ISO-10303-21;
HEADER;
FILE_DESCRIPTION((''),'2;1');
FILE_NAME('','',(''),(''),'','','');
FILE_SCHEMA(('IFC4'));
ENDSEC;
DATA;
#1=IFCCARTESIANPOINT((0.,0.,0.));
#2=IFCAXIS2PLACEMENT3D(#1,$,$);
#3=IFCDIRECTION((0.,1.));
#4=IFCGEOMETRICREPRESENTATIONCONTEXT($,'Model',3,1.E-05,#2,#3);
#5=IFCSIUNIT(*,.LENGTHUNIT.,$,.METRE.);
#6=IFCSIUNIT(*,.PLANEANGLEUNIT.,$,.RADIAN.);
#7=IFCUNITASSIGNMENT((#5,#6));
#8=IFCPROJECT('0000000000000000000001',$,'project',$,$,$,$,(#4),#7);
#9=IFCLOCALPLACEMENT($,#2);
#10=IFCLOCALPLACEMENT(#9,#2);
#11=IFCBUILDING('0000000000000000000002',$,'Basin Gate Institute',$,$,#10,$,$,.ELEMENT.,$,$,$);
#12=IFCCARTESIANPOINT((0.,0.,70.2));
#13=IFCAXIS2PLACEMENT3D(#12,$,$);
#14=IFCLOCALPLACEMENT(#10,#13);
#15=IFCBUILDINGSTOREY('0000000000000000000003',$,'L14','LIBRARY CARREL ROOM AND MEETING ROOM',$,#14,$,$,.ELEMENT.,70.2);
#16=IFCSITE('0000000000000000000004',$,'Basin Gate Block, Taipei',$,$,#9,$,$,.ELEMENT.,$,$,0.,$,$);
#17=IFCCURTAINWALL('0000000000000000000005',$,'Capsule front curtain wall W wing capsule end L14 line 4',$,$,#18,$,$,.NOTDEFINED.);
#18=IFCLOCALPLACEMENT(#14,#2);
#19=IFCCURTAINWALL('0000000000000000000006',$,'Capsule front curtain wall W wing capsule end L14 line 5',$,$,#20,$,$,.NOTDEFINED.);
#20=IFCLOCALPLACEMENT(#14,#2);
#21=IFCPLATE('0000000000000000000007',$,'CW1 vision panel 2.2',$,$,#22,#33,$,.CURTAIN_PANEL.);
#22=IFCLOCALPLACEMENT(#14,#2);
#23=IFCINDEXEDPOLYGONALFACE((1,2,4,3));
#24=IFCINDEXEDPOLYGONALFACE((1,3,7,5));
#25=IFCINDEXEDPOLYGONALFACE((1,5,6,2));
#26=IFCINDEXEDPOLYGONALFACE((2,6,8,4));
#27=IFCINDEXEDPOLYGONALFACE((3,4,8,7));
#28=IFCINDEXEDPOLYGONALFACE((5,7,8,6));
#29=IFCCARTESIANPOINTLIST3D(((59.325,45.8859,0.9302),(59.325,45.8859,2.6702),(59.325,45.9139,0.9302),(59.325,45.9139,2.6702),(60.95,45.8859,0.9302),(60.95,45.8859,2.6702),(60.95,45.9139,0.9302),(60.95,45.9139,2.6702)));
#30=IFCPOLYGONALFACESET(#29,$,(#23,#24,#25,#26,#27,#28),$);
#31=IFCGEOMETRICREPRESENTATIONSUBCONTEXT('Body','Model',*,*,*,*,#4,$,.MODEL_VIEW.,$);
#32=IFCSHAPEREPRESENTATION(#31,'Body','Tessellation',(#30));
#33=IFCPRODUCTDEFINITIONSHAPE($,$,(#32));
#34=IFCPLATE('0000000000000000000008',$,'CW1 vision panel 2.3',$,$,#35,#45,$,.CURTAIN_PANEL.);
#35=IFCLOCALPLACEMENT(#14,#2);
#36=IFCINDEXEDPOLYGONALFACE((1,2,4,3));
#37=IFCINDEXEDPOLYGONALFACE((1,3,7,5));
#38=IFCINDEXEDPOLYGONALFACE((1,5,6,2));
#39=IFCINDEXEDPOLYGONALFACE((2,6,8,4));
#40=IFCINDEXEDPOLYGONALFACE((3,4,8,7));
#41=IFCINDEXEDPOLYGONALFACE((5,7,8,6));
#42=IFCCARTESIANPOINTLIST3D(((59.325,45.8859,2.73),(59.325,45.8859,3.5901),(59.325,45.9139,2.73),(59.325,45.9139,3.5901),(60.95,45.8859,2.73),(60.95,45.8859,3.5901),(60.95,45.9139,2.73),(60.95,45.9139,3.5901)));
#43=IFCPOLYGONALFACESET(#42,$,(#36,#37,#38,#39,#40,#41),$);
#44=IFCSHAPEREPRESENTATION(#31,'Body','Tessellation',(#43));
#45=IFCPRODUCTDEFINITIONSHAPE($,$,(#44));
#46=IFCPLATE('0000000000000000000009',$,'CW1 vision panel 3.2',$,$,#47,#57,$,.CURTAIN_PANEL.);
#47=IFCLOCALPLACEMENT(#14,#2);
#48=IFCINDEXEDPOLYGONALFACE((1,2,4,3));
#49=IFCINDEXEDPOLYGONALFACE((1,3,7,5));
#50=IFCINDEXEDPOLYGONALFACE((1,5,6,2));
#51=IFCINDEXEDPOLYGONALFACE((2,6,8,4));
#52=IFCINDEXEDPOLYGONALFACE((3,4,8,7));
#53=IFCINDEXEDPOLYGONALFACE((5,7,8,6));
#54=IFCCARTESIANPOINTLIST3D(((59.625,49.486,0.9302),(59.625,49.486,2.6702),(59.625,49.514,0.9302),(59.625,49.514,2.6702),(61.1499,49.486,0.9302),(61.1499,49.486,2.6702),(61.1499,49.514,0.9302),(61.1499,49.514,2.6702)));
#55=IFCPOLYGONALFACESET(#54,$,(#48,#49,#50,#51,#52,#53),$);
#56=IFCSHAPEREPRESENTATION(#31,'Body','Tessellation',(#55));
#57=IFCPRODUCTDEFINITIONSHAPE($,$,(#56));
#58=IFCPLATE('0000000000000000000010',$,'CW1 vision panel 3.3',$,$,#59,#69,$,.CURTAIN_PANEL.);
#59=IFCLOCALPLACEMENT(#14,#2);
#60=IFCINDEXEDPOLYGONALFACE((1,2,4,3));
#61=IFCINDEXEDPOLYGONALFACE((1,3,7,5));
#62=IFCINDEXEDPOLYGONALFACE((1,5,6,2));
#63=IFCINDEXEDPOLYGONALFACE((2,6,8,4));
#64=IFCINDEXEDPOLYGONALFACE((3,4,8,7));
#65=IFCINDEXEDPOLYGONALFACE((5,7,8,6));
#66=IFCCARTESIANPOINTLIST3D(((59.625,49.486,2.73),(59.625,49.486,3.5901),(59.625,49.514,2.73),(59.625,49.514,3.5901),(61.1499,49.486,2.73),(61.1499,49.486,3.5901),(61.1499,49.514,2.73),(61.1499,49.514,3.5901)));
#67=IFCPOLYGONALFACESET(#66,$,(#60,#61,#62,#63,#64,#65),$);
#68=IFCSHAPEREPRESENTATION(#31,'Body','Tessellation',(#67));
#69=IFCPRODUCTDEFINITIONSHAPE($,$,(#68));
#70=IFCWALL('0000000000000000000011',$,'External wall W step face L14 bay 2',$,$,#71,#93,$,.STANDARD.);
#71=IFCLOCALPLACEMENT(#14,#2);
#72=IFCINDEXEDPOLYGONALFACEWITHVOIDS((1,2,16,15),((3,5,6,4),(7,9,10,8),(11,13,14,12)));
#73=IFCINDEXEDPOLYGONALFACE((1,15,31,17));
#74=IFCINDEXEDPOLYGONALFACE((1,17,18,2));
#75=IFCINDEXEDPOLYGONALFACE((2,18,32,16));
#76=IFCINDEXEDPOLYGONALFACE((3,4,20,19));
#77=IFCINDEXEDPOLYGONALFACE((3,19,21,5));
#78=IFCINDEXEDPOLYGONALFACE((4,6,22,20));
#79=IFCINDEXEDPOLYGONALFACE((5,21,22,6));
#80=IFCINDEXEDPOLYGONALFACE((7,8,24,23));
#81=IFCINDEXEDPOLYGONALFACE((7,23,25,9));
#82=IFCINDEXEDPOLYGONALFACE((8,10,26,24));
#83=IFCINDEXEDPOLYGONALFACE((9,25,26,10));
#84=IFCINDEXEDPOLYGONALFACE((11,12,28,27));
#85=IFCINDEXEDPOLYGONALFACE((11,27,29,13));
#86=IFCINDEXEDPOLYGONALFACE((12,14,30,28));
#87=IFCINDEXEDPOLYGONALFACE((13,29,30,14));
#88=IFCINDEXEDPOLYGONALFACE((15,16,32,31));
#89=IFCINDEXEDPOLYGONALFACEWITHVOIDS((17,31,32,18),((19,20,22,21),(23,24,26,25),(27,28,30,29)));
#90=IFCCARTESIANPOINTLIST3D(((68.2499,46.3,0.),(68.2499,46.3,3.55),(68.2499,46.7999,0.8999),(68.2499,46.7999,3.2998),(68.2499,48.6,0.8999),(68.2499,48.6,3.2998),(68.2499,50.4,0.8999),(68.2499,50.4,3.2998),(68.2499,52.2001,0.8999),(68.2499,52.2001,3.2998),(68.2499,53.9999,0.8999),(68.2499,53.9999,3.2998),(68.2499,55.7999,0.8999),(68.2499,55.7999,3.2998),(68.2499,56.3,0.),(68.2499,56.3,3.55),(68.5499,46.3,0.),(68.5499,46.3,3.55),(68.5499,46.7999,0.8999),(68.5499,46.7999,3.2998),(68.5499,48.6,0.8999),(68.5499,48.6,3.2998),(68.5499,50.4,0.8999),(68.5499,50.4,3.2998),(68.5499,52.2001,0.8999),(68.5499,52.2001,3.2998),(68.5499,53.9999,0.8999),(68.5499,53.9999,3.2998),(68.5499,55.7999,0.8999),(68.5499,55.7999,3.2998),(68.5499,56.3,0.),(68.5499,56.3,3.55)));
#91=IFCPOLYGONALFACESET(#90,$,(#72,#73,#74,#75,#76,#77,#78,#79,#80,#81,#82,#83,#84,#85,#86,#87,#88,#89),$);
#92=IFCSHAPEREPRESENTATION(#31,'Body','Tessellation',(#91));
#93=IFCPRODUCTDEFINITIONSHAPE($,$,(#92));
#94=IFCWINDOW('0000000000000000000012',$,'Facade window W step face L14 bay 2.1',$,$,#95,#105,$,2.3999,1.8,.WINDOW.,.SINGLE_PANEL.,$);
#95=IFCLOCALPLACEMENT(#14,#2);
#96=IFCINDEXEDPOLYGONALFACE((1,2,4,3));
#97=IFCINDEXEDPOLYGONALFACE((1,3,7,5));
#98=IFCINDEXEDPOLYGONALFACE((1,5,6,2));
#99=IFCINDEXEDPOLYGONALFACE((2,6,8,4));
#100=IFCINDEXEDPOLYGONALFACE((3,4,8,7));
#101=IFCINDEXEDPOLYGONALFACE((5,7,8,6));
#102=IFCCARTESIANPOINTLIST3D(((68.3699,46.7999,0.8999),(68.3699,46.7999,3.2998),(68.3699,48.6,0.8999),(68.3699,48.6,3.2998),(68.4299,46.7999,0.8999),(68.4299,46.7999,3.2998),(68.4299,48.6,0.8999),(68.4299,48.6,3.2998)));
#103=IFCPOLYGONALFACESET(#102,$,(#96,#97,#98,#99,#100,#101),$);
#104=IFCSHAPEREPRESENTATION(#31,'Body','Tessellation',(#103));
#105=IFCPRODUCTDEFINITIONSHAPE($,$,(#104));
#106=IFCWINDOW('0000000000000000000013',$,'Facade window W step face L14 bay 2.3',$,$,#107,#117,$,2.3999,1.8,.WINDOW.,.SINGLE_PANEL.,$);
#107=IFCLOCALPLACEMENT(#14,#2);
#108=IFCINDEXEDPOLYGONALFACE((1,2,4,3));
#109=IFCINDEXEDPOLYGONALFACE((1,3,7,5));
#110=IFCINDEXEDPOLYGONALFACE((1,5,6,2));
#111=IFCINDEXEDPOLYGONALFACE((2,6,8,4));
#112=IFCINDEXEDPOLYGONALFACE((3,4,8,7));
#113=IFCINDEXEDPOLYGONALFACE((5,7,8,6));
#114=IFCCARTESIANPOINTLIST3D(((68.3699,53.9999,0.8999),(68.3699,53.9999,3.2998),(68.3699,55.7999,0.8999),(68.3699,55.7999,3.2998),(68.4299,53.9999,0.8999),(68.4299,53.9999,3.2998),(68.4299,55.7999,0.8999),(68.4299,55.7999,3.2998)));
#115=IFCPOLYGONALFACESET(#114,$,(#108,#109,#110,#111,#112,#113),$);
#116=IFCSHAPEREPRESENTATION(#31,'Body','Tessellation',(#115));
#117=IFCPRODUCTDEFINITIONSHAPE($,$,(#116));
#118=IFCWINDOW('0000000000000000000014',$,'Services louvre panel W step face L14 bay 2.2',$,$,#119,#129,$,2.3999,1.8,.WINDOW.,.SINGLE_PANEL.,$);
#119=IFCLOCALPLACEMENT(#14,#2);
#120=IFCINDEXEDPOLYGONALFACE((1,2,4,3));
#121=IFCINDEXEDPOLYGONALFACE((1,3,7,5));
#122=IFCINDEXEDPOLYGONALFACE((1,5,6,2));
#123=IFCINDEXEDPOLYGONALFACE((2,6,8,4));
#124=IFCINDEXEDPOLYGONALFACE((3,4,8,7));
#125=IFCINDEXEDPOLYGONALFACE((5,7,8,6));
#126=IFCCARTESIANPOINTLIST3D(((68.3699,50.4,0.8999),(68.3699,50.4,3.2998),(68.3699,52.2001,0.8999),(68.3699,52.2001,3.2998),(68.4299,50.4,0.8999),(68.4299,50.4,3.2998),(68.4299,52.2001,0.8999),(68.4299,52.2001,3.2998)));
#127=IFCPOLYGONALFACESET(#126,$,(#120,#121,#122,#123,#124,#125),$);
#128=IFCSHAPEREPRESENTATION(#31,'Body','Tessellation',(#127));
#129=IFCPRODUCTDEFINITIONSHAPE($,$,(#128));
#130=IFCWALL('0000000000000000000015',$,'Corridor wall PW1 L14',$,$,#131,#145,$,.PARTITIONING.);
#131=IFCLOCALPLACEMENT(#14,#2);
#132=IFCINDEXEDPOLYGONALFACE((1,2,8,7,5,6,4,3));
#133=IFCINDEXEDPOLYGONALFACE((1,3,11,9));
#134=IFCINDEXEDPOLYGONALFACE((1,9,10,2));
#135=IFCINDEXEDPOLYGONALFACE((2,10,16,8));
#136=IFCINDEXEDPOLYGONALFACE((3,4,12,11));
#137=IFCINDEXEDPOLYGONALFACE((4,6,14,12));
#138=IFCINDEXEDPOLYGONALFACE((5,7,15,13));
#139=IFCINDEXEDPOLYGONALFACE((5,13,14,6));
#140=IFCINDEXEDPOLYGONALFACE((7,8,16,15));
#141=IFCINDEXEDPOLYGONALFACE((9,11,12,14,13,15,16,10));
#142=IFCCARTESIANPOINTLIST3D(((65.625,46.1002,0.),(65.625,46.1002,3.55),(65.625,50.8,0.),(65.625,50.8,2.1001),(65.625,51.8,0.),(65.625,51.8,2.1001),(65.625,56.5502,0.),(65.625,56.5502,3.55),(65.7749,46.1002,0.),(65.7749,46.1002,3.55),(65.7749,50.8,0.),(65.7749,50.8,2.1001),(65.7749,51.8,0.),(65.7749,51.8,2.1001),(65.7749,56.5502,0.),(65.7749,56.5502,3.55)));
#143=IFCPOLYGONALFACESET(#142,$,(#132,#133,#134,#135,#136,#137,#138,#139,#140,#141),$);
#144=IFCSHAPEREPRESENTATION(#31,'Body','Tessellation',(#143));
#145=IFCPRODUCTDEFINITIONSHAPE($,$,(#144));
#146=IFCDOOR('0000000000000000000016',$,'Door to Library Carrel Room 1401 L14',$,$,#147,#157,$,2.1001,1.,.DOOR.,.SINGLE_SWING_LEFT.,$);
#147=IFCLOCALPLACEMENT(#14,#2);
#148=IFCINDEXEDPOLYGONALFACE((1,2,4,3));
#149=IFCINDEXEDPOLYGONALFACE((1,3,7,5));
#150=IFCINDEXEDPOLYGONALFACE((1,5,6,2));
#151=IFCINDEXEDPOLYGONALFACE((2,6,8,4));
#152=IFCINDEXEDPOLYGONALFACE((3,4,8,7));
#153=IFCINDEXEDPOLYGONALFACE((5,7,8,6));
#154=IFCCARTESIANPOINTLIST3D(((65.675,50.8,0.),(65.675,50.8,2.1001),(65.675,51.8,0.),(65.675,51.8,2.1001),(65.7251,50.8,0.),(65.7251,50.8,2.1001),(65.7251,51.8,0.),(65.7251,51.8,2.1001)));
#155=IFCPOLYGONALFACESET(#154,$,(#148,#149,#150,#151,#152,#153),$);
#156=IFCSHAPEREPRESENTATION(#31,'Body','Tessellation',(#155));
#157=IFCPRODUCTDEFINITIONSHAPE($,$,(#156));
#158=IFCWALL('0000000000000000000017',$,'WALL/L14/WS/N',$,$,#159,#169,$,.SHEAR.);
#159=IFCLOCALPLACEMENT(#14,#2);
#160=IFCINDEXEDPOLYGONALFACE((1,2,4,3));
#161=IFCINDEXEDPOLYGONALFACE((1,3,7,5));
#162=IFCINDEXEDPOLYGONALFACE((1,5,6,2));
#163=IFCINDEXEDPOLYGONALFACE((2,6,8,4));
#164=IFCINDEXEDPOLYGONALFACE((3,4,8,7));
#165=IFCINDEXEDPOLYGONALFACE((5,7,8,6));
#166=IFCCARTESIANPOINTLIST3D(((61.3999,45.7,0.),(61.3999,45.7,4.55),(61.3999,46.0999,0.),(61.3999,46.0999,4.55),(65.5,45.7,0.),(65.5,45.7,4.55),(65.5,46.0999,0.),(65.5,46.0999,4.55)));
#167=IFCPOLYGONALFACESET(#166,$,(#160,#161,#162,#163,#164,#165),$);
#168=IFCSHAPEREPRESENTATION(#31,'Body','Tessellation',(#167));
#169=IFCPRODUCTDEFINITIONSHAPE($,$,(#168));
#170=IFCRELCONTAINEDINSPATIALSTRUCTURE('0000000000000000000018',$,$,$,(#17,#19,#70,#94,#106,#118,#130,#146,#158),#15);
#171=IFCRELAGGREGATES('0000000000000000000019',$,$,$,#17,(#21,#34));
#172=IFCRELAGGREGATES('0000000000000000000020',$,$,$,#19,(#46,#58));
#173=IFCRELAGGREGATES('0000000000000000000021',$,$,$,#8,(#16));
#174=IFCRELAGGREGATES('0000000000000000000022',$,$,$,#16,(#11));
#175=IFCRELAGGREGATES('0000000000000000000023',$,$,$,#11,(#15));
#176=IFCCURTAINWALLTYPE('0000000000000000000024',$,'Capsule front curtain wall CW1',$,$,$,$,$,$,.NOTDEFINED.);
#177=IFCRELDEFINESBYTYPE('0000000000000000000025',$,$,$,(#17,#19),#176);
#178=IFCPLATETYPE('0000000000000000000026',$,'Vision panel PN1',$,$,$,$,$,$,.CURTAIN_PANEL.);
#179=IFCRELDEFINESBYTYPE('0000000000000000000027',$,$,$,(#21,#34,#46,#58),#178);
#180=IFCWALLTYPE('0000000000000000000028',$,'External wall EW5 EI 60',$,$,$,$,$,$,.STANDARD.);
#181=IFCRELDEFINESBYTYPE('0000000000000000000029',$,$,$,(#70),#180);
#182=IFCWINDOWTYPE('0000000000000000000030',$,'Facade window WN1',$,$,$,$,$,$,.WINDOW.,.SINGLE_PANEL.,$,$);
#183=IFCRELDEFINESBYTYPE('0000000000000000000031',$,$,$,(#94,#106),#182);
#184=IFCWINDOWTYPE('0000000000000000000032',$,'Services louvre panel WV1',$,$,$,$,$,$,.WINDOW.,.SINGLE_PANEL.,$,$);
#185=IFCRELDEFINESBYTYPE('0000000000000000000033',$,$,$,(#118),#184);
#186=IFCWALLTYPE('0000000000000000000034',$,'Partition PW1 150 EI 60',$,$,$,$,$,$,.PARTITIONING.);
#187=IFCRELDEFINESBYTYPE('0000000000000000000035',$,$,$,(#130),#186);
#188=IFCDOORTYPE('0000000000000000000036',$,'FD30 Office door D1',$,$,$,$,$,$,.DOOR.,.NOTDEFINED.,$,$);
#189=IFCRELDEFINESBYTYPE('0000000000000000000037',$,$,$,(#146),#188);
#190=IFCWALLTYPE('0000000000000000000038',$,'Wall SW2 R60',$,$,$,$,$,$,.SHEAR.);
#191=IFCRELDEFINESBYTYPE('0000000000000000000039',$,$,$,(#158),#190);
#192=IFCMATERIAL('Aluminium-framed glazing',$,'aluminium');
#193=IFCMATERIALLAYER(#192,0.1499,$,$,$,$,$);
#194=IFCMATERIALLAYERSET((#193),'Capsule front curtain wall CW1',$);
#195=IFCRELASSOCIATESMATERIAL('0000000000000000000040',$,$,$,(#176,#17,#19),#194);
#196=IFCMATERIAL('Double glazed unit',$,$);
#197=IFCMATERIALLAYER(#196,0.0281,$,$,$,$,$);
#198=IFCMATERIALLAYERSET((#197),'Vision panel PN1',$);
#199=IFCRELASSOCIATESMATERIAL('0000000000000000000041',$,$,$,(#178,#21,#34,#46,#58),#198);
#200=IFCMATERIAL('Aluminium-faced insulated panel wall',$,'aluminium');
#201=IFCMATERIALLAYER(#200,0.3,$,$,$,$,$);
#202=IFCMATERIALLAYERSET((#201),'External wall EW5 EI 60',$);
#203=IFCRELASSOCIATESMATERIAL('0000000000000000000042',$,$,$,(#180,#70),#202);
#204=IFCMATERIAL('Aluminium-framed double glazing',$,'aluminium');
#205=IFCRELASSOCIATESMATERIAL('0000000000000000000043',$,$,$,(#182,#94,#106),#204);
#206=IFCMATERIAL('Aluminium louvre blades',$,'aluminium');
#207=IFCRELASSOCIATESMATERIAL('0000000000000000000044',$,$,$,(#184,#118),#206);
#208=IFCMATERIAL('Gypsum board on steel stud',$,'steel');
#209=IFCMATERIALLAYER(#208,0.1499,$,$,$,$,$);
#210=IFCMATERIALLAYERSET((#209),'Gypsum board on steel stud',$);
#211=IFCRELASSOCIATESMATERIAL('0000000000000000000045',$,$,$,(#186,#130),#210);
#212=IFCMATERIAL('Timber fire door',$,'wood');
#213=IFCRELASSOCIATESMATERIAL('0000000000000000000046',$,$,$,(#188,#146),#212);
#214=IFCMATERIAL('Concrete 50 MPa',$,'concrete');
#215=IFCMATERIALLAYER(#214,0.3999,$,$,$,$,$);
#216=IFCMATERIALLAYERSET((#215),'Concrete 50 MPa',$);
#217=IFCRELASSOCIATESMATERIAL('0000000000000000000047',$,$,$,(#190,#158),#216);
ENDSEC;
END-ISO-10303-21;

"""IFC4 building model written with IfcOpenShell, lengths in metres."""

from ifc_helpers import new_model, si_unit, direction, frame, frame_2d, origin, origin_2d, place, context, subcontext, project, spatial, rectangle, extrude, material, layer, layer_set, type_object, element, fill, aggregate, save


model = new_model("IFC4")

# Units and contexts
model_context = context("Model", 3, precision=1e-05, world=origin(), true_north=direction((0.0, 1.0)))
body_context = subcontext(model_context, "Body", "Model", "MODEL_VIEW")
ifc_project = project(units=[si_unit("LENGTHUNIT", "METRE"), si_unit("PLANEANGLEUNIT", "RADIAN")], contexts=[model_context])

# Site, building, storey
site_placement = place(None, origin())
site = spatial("IfcSite", under=ifc_project, at=site_placement, Name="Basin Gate Block, Taipei", CompositionType="ELEMENT", RefElevation=0.0)
building_placement = place(site_placement, origin())
building = spatial("IfcBuilding", under=site, at=building_placement, Name="Basin Gate Institute", CompositionType="ELEMENT")
storey_placement = place(building_placement, frame((0.0, 0.0, 70.2)))
storey = spatial("IfcBuildingStorey", under=building, at=storey_placement, Name="L14", Description="LIBRARY CARREL ROOM AND MEETING ROOM", CompositionType="ELEMENT", Elevation=70.2)

# Curtain wall
ifc_material_1 = material(Name="Aluminium-framed glazing", Category="aluminium")
ifc_layer_1 = layer(ifc_material_1, 0.1499)
ifc_layer_set_1 = layer_set([ifc_layer_1], Name="Capsule front curtain wall CW1")
curtain_wall_type = type_object("IfcCurtainWallType", Name="Capsule front curtain wall CW1", PredefinedType="NOTDEFINED", material=ifc_layer_set_1)
curtain_wall_1_placement = place(storey_placement, origin())
curtain_wall_1 = element("IfcCurtainWall", 1, at=curtain_wall_1_placement, inside=storey, type_object=curtain_wall_type, material=ifc_layer_set_1, Name="Capsule front curtain wall W wing capsule end L14 line 4", PredefinedType="NOTDEFINED")

# Curtain wall
curtain_wall_2_placement = place(storey_placement, origin())
curtain_wall_2 = element("IfcCurtainWall", 2, at=curtain_wall_2_placement, inside=storey, type_object=curtain_wall_type, material=ifc_layer_set_1, Name="Capsule front curtain wall W wing capsule end L14 line 5", PredefinedType="NOTDEFINED")

# Plates
ifc_material_2 = material(Name="Double glazed unit")
ifc_layer_2 = layer(ifc_material_2, 0.0281)
ifc_layer_set_2 = layer_set([ifc_layer_2], Name="Vision panel PN1")
plate_type_1 = type_object("IfcPlateType", Name="Vision panel PN1", PredefinedType="CURTAIN_PANEL", material=ifc_layer_set_2)
plate_1_placement = place(storey_placement, frame((60.1375, 45.8999, 0.9302), z_axis=(0.0, 0.0, 1.0), x_axis=(1.0, 0.0, 0.0)))
plate_1 = element("IfcPlate", 3, at=plate_1_placement, type_object=plate_type_1, material=ifc_layer_set_2, Name="CW1 vision panel 2.2", PredefinedType="CURTAIN_PANEL", context=body_context, shape_type="SweptSolid", body=[
    extrude(rectangle(XDim=1.625, YDim=0.0281, at=origin_2d()), origin(), (0.0, 0.0, 1.0), 1.74),
])
plate_2_placement = place(storey_placement, frame((60.1375, 45.8999, 2.73), z_axis=(0.0, 0.0, 1.0), x_axis=(1.0, 0.0, 0.0)))
plate_2 = element("IfcPlate", 4, at=plate_2_placement, type_object=plate_type_1, material=ifc_layer_set_2, Name="CW1 vision panel 2.3", PredefinedType="CURTAIN_PANEL", context=body_context, shape_type="SweptSolid", body=[
    extrude(rectangle(XDim=1.625, YDim=0.0281, at=origin_2d()), origin(), (0.0, 0.0, 1.0), 0.8601),
])
aggregate(curtain_wall_1, [plate_1, plate_2])
plate_3_placement = place(storey_placement, frame((60.3875, 49.5, 0.9302), z_axis=(0.0, 0.0, 1.0), x_axis=(1.0, 0.0, 0.0)))
plate_3 = element("IfcPlate", 5, at=plate_3_placement, type_object=plate_type_1, material=ifc_layer_set_2, Name="CW1 vision panel 3.2", PredefinedType="CURTAIN_PANEL", context=body_context, shape_type="SweptSolid", body=[
    extrude(rectangle(XDim=1.5249, YDim=0.0281, at=origin_2d()), origin(), (0.0, 0.0, 1.0), 1.74),
])
plate_4_placement = place(storey_placement, frame((60.3875, 49.5, 2.73), z_axis=(0.0, 0.0, 1.0), x_axis=(1.0, 0.0, 0.0)))
plate_4 = element("IfcPlate", 6, at=plate_4_placement, type_object=plate_type_1, material=ifc_layer_set_2, Name="CW1 vision panel 3.3", PredefinedType="CURTAIN_PANEL", context=body_context, shape_type="SweptSolid", body=[
    extrude(rectangle(XDim=1.5249, YDim=0.0281, at=origin_2d()), origin(), (0.0, 0.0, 1.0), 0.8601),
])
aggregate(curtain_wall_2, [plate_3, plate_4])

# Wall, openings, windows
ifc_material_3 = material(Name="Aluminium-faced insulated panel wall", Category="aluminium")
ifc_layer_3 = layer(ifc_material_3, 0.3)
ifc_layer_set_3 = layer_set([ifc_layer_3], Name="External wall EW5 EI 60")
wall_type_1 = type_object("IfcWallType", Name="External wall EW5 EI 60", PredefinedType="STANDARD", material=ifc_layer_set_3)
wall_1_placement = place(storey_placement, frame((68.3999, 46.3, 0.0), z_axis=(0.0, 0.0, 1.0), x_axis=(0.0, 1.0, 0.0)))
wall_1 = element("IfcWall", 7, at=wall_1_placement, inside=storey, type_object=wall_type_1, material=ifc_layer_set_3, Name="External wall W step face L14 bay 2", PredefinedType="STANDARD", context=body_context, shape_type="SweptSolid", body=[
    extrude(rectangle(XDim=10.0, YDim=0.3, at=frame_2d((5.0, 0.0))), origin(), (0.0, 0.0, 1.0), 3.55),
])
opening_1_placement = place(wall_1_placement, frame((0.5, 0.0, 0.8999)))
opening_1 = element("IfcOpeningElement", 8, at=opening_1_placement, cuts=wall_1, PredefinedType="OPENING", context=body_context, shape_type="SweptSolid", body=[
    extrude(rectangle(XDim=1.8, YDim=2.3999, at=frame_2d((0.8999, 1.2))), frame((0.0, 0.1602, 0.0), z_axis=(0.0, -1.0, 0.0), x_axis=(1.0, 0.0, 0.0)), (0.0, 0.0, 1.0), 0.3201),
])
opening_2_placement = place(wall_1_placement, frame((4.1001, 0.0, 0.8999)))
opening_2 = element("IfcOpeningElement", 9, at=opening_2_placement, cuts=wall_1, PredefinedType="OPENING", context=body_context, shape_type="SweptSolid", body=[
    extrude(rectangle(XDim=1.8, YDim=2.3999, at=frame_2d((0.8999, 1.2))), frame((0.0, 0.1602, 0.0), z_axis=(0.0, -1.0, 0.0), x_axis=(1.0, 0.0, 0.0)), (0.0, 0.0, 1.0), 0.3201),
])
opening_3_placement = place(wall_1_placement, frame((7.7, 0.0, 0.8999)))
opening_3 = element("IfcOpeningElement", 10, at=opening_3_placement, cuts=wall_1, PredefinedType="OPENING", context=body_context, shape_type="SweptSolid", body=[
    extrude(rectangle(XDim=1.8, YDim=2.3999, at=frame_2d((0.8999, 1.2))), frame((0.0, 0.1602, 0.0), z_axis=(0.0, -1.0, 0.0), x_axis=(1.0, 0.0, 0.0)), (0.0, 0.0, 1.0), 0.3201),
])
ifc_material_4 = material(Name="Aluminium-framed double glazing", Category="aluminium")
window_type_1 = type_object("IfcWindowType", Name="Facade window WN1", PartitioningType="SINGLE_PANEL", PredefinedType="WINDOW", material=ifc_material_4)
window_1_placement = place(opening_1_placement, origin())
window_1 = element("IfcWindow", 11, at=window_1_placement, inside=storey, type_object=window_type_1, material=ifc_material_4, Name="Facade window W step face L14 bay 2.1", OverallHeight=2.3999, OverallWidth=1.8, PartitioningType="SINGLE_PANEL", PredefinedType="WINDOW", context=body_context, shape_type="SweptSolid", body=[
    extrude(rectangle(XDim=1.8, YDim=2.3999, at=frame_2d((0.8999, 1.2))), frame((0.0, 0.03, 0.0), z_axis=(0.0, -1.0, 0.0), x_axis=(1.0, 0.0, 0.0)), (0.0, 0.0, 1.0), 0.0601),
])
fill(opening_1, window_1)
window_2_placement = place(opening_3_placement, origin())
window_2 = element("IfcWindow", 12, at=window_2_placement, inside=storey, type_object=window_type_1, material=ifc_material_4, Name="Facade window W step face L14 bay 2.3", OverallHeight=2.3999, OverallWidth=1.8, PartitioningType="SINGLE_PANEL", PredefinedType="WINDOW", context=body_context, shape_type="SweptSolid", body=[
    extrude(rectangle(XDim=1.8, YDim=2.3999, at=frame_2d((0.8999, 1.2))), frame((0.0, 0.03, 0.0), z_axis=(0.0, -1.0, 0.0), x_axis=(1.0, 0.0, 0.0)), (0.0, 0.0, 1.0), 0.0601),
])
fill(opening_3, window_2)
ifc_material_5 = material(Name="Aluminium louvre blades", Category="aluminium")
window_type_2 = type_object("IfcWindowType", Name="Services louvre panel WV1", PartitioningType="SINGLE_PANEL", PredefinedType="WINDOW", material=ifc_material_5)
window_3_placement = place(opening_2_placement, origin())
window_3 = element("IfcWindow", 13, at=window_3_placement, inside=storey, type_object=window_type_2, material=ifc_material_5, Name="Services louvre panel W step face L14 bay 2.2", OverallHeight=2.3999, OverallWidth=1.8, PartitioningType="SINGLE_PANEL", PredefinedType="WINDOW", context=body_context, shape_type="SweptSolid", body=[
    extrude(rectangle(XDim=1.8, YDim=2.3999, at=frame_2d((0.8999, 1.2))), frame((0.0, 0.03, 0.0), z_axis=(0.0, -1.0, 0.0), x_axis=(1.0, 0.0, 0.0)), (0.0, 0.0, 1.0), 0.0601),
])
fill(opening_2, window_3)

# Wall, opening, door
ifc_material_6 = material(Name="Gypsum board on steel stud", Category="steel")
ifc_layer_4 = layer(ifc_material_6, 0.1499)
ifc_layer_set_4 = layer_set([ifc_layer_4], Name="Gypsum board on steel stud")
wall_type_2 = type_object("IfcWallType", Name="Partition PW1 150 EI 60", PredefinedType="PARTITIONING", material=ifc_layer_set_4)
wall_2_placement = place(storey_placement, frame((65.7, 46.1001, 0.0), z_axis=(0.0, 0.0, 1.0), x_axis=(0.0, 1.0, 0.0)))
wall_2 = element("IfcWall", 14, at=wall_2_placement, inside=storey, type_object=wall_type_2, material=ifc_layer_set_4, Name="Corridor wall PW1 L14", PredefinedType="PARTITIONING", context=body_context, shape_type="SweptSolid", body=[
    extrude(rectangle(XDim=10.45, YDim=0.1499, at=frame_2d((5.2251, 0.0))), origin(), (0.0, 0.0, 1.0), 3.55),
])
opening_4_placement = place(wall_2_placement, frame((4.7, 0.0, 0.0)))
opening_4 = element("IfcOpeningElement", 15, at=opening_4_placement, cuts=wall_2, PredefinedType="OPENING", context=body_context, shape_type="SweptSolid", body=[
    extrude(rectangle(XDim=1.0, YDim=2.1001, at=frame_2d((0.5, 1.05))), frame((0.0, 0.085, 0.0), z_axis=(0.0, -1.0, 0.0), x_axis=(1.0, 0.0, 0.0)), (0.0, 0.0, 1.0), 0.1699),
])
ifc_material_7 = material(Name="Timber fire door", Category="wood")
door_type = type_object("IfcDoorType", Name="FD30 Office door D1", OperationType="NOTDEFINED", PredefinedType="DOOR", material=ifc_material_7)
door_placement = place(opening_4_placement, origin())
door = element("IfcDoor", 16, at=door_placement, inside=storey, type_object=door_type, material=ifc_material_7, Name="Door to Library Carrel Room 1401 L14", OperationType="SINGLE_SWING_LEFT", OverallHeight=2.1001, OverallWidth=1.0, PredefinedType="DOOR", context=body_context, shape_type="SweptSolid", body=[
    extrude(rectangle(XDim=1.0, YDim=2.1001, at=frame_2d((0.5, 1.05))), frame((0.0, 0.0249, 0.0), z_axis=(0.0, -1.0, 0.0), x_axis=(1.0, 0.0, 0.0)), (0.0, 0.0, 1.0), 0.05),
])
fill(opening_4, door)

# Wall
ifc_material_8 = material(Name="Concrete 50 MPa", Category="concrete")
ifc_layer_5 = layer(ifc_material_8, 0.3999)
ifc_layer_set_5 = layer_set([ifc_layer_5], Name="Concrete 50 MPa")
wall_type_3 = type_object("IfcWallType", Name="Wall SW2 R60", PredefinedType="SHEAR", material=ifc_layer_set_5)
wall_3_placement = place(storey_placement, frame((61.3999, 45.8999, 0.0), z_axis=(0.0, 0.0, 1.0), x_axis=(1.0, 0.0, 0.0)))
element("IfcWall", 17, at=wall_3_placement, inside=storey, type_object=wall_type_3, material=ifc_layer_set_5, Name="WALL/L14/WS/N", PredefinedType="SHEAR", context=body_context, shape_type="SweptSolid", body=[
    extrude(rectangle(XDim=4.1001, YDim=0.3999, at=frame_2d((2.05, 0.0))), origin(), (0.0, 0.0, 1.0), 4.55),
])

save(model, "model.ifc")
